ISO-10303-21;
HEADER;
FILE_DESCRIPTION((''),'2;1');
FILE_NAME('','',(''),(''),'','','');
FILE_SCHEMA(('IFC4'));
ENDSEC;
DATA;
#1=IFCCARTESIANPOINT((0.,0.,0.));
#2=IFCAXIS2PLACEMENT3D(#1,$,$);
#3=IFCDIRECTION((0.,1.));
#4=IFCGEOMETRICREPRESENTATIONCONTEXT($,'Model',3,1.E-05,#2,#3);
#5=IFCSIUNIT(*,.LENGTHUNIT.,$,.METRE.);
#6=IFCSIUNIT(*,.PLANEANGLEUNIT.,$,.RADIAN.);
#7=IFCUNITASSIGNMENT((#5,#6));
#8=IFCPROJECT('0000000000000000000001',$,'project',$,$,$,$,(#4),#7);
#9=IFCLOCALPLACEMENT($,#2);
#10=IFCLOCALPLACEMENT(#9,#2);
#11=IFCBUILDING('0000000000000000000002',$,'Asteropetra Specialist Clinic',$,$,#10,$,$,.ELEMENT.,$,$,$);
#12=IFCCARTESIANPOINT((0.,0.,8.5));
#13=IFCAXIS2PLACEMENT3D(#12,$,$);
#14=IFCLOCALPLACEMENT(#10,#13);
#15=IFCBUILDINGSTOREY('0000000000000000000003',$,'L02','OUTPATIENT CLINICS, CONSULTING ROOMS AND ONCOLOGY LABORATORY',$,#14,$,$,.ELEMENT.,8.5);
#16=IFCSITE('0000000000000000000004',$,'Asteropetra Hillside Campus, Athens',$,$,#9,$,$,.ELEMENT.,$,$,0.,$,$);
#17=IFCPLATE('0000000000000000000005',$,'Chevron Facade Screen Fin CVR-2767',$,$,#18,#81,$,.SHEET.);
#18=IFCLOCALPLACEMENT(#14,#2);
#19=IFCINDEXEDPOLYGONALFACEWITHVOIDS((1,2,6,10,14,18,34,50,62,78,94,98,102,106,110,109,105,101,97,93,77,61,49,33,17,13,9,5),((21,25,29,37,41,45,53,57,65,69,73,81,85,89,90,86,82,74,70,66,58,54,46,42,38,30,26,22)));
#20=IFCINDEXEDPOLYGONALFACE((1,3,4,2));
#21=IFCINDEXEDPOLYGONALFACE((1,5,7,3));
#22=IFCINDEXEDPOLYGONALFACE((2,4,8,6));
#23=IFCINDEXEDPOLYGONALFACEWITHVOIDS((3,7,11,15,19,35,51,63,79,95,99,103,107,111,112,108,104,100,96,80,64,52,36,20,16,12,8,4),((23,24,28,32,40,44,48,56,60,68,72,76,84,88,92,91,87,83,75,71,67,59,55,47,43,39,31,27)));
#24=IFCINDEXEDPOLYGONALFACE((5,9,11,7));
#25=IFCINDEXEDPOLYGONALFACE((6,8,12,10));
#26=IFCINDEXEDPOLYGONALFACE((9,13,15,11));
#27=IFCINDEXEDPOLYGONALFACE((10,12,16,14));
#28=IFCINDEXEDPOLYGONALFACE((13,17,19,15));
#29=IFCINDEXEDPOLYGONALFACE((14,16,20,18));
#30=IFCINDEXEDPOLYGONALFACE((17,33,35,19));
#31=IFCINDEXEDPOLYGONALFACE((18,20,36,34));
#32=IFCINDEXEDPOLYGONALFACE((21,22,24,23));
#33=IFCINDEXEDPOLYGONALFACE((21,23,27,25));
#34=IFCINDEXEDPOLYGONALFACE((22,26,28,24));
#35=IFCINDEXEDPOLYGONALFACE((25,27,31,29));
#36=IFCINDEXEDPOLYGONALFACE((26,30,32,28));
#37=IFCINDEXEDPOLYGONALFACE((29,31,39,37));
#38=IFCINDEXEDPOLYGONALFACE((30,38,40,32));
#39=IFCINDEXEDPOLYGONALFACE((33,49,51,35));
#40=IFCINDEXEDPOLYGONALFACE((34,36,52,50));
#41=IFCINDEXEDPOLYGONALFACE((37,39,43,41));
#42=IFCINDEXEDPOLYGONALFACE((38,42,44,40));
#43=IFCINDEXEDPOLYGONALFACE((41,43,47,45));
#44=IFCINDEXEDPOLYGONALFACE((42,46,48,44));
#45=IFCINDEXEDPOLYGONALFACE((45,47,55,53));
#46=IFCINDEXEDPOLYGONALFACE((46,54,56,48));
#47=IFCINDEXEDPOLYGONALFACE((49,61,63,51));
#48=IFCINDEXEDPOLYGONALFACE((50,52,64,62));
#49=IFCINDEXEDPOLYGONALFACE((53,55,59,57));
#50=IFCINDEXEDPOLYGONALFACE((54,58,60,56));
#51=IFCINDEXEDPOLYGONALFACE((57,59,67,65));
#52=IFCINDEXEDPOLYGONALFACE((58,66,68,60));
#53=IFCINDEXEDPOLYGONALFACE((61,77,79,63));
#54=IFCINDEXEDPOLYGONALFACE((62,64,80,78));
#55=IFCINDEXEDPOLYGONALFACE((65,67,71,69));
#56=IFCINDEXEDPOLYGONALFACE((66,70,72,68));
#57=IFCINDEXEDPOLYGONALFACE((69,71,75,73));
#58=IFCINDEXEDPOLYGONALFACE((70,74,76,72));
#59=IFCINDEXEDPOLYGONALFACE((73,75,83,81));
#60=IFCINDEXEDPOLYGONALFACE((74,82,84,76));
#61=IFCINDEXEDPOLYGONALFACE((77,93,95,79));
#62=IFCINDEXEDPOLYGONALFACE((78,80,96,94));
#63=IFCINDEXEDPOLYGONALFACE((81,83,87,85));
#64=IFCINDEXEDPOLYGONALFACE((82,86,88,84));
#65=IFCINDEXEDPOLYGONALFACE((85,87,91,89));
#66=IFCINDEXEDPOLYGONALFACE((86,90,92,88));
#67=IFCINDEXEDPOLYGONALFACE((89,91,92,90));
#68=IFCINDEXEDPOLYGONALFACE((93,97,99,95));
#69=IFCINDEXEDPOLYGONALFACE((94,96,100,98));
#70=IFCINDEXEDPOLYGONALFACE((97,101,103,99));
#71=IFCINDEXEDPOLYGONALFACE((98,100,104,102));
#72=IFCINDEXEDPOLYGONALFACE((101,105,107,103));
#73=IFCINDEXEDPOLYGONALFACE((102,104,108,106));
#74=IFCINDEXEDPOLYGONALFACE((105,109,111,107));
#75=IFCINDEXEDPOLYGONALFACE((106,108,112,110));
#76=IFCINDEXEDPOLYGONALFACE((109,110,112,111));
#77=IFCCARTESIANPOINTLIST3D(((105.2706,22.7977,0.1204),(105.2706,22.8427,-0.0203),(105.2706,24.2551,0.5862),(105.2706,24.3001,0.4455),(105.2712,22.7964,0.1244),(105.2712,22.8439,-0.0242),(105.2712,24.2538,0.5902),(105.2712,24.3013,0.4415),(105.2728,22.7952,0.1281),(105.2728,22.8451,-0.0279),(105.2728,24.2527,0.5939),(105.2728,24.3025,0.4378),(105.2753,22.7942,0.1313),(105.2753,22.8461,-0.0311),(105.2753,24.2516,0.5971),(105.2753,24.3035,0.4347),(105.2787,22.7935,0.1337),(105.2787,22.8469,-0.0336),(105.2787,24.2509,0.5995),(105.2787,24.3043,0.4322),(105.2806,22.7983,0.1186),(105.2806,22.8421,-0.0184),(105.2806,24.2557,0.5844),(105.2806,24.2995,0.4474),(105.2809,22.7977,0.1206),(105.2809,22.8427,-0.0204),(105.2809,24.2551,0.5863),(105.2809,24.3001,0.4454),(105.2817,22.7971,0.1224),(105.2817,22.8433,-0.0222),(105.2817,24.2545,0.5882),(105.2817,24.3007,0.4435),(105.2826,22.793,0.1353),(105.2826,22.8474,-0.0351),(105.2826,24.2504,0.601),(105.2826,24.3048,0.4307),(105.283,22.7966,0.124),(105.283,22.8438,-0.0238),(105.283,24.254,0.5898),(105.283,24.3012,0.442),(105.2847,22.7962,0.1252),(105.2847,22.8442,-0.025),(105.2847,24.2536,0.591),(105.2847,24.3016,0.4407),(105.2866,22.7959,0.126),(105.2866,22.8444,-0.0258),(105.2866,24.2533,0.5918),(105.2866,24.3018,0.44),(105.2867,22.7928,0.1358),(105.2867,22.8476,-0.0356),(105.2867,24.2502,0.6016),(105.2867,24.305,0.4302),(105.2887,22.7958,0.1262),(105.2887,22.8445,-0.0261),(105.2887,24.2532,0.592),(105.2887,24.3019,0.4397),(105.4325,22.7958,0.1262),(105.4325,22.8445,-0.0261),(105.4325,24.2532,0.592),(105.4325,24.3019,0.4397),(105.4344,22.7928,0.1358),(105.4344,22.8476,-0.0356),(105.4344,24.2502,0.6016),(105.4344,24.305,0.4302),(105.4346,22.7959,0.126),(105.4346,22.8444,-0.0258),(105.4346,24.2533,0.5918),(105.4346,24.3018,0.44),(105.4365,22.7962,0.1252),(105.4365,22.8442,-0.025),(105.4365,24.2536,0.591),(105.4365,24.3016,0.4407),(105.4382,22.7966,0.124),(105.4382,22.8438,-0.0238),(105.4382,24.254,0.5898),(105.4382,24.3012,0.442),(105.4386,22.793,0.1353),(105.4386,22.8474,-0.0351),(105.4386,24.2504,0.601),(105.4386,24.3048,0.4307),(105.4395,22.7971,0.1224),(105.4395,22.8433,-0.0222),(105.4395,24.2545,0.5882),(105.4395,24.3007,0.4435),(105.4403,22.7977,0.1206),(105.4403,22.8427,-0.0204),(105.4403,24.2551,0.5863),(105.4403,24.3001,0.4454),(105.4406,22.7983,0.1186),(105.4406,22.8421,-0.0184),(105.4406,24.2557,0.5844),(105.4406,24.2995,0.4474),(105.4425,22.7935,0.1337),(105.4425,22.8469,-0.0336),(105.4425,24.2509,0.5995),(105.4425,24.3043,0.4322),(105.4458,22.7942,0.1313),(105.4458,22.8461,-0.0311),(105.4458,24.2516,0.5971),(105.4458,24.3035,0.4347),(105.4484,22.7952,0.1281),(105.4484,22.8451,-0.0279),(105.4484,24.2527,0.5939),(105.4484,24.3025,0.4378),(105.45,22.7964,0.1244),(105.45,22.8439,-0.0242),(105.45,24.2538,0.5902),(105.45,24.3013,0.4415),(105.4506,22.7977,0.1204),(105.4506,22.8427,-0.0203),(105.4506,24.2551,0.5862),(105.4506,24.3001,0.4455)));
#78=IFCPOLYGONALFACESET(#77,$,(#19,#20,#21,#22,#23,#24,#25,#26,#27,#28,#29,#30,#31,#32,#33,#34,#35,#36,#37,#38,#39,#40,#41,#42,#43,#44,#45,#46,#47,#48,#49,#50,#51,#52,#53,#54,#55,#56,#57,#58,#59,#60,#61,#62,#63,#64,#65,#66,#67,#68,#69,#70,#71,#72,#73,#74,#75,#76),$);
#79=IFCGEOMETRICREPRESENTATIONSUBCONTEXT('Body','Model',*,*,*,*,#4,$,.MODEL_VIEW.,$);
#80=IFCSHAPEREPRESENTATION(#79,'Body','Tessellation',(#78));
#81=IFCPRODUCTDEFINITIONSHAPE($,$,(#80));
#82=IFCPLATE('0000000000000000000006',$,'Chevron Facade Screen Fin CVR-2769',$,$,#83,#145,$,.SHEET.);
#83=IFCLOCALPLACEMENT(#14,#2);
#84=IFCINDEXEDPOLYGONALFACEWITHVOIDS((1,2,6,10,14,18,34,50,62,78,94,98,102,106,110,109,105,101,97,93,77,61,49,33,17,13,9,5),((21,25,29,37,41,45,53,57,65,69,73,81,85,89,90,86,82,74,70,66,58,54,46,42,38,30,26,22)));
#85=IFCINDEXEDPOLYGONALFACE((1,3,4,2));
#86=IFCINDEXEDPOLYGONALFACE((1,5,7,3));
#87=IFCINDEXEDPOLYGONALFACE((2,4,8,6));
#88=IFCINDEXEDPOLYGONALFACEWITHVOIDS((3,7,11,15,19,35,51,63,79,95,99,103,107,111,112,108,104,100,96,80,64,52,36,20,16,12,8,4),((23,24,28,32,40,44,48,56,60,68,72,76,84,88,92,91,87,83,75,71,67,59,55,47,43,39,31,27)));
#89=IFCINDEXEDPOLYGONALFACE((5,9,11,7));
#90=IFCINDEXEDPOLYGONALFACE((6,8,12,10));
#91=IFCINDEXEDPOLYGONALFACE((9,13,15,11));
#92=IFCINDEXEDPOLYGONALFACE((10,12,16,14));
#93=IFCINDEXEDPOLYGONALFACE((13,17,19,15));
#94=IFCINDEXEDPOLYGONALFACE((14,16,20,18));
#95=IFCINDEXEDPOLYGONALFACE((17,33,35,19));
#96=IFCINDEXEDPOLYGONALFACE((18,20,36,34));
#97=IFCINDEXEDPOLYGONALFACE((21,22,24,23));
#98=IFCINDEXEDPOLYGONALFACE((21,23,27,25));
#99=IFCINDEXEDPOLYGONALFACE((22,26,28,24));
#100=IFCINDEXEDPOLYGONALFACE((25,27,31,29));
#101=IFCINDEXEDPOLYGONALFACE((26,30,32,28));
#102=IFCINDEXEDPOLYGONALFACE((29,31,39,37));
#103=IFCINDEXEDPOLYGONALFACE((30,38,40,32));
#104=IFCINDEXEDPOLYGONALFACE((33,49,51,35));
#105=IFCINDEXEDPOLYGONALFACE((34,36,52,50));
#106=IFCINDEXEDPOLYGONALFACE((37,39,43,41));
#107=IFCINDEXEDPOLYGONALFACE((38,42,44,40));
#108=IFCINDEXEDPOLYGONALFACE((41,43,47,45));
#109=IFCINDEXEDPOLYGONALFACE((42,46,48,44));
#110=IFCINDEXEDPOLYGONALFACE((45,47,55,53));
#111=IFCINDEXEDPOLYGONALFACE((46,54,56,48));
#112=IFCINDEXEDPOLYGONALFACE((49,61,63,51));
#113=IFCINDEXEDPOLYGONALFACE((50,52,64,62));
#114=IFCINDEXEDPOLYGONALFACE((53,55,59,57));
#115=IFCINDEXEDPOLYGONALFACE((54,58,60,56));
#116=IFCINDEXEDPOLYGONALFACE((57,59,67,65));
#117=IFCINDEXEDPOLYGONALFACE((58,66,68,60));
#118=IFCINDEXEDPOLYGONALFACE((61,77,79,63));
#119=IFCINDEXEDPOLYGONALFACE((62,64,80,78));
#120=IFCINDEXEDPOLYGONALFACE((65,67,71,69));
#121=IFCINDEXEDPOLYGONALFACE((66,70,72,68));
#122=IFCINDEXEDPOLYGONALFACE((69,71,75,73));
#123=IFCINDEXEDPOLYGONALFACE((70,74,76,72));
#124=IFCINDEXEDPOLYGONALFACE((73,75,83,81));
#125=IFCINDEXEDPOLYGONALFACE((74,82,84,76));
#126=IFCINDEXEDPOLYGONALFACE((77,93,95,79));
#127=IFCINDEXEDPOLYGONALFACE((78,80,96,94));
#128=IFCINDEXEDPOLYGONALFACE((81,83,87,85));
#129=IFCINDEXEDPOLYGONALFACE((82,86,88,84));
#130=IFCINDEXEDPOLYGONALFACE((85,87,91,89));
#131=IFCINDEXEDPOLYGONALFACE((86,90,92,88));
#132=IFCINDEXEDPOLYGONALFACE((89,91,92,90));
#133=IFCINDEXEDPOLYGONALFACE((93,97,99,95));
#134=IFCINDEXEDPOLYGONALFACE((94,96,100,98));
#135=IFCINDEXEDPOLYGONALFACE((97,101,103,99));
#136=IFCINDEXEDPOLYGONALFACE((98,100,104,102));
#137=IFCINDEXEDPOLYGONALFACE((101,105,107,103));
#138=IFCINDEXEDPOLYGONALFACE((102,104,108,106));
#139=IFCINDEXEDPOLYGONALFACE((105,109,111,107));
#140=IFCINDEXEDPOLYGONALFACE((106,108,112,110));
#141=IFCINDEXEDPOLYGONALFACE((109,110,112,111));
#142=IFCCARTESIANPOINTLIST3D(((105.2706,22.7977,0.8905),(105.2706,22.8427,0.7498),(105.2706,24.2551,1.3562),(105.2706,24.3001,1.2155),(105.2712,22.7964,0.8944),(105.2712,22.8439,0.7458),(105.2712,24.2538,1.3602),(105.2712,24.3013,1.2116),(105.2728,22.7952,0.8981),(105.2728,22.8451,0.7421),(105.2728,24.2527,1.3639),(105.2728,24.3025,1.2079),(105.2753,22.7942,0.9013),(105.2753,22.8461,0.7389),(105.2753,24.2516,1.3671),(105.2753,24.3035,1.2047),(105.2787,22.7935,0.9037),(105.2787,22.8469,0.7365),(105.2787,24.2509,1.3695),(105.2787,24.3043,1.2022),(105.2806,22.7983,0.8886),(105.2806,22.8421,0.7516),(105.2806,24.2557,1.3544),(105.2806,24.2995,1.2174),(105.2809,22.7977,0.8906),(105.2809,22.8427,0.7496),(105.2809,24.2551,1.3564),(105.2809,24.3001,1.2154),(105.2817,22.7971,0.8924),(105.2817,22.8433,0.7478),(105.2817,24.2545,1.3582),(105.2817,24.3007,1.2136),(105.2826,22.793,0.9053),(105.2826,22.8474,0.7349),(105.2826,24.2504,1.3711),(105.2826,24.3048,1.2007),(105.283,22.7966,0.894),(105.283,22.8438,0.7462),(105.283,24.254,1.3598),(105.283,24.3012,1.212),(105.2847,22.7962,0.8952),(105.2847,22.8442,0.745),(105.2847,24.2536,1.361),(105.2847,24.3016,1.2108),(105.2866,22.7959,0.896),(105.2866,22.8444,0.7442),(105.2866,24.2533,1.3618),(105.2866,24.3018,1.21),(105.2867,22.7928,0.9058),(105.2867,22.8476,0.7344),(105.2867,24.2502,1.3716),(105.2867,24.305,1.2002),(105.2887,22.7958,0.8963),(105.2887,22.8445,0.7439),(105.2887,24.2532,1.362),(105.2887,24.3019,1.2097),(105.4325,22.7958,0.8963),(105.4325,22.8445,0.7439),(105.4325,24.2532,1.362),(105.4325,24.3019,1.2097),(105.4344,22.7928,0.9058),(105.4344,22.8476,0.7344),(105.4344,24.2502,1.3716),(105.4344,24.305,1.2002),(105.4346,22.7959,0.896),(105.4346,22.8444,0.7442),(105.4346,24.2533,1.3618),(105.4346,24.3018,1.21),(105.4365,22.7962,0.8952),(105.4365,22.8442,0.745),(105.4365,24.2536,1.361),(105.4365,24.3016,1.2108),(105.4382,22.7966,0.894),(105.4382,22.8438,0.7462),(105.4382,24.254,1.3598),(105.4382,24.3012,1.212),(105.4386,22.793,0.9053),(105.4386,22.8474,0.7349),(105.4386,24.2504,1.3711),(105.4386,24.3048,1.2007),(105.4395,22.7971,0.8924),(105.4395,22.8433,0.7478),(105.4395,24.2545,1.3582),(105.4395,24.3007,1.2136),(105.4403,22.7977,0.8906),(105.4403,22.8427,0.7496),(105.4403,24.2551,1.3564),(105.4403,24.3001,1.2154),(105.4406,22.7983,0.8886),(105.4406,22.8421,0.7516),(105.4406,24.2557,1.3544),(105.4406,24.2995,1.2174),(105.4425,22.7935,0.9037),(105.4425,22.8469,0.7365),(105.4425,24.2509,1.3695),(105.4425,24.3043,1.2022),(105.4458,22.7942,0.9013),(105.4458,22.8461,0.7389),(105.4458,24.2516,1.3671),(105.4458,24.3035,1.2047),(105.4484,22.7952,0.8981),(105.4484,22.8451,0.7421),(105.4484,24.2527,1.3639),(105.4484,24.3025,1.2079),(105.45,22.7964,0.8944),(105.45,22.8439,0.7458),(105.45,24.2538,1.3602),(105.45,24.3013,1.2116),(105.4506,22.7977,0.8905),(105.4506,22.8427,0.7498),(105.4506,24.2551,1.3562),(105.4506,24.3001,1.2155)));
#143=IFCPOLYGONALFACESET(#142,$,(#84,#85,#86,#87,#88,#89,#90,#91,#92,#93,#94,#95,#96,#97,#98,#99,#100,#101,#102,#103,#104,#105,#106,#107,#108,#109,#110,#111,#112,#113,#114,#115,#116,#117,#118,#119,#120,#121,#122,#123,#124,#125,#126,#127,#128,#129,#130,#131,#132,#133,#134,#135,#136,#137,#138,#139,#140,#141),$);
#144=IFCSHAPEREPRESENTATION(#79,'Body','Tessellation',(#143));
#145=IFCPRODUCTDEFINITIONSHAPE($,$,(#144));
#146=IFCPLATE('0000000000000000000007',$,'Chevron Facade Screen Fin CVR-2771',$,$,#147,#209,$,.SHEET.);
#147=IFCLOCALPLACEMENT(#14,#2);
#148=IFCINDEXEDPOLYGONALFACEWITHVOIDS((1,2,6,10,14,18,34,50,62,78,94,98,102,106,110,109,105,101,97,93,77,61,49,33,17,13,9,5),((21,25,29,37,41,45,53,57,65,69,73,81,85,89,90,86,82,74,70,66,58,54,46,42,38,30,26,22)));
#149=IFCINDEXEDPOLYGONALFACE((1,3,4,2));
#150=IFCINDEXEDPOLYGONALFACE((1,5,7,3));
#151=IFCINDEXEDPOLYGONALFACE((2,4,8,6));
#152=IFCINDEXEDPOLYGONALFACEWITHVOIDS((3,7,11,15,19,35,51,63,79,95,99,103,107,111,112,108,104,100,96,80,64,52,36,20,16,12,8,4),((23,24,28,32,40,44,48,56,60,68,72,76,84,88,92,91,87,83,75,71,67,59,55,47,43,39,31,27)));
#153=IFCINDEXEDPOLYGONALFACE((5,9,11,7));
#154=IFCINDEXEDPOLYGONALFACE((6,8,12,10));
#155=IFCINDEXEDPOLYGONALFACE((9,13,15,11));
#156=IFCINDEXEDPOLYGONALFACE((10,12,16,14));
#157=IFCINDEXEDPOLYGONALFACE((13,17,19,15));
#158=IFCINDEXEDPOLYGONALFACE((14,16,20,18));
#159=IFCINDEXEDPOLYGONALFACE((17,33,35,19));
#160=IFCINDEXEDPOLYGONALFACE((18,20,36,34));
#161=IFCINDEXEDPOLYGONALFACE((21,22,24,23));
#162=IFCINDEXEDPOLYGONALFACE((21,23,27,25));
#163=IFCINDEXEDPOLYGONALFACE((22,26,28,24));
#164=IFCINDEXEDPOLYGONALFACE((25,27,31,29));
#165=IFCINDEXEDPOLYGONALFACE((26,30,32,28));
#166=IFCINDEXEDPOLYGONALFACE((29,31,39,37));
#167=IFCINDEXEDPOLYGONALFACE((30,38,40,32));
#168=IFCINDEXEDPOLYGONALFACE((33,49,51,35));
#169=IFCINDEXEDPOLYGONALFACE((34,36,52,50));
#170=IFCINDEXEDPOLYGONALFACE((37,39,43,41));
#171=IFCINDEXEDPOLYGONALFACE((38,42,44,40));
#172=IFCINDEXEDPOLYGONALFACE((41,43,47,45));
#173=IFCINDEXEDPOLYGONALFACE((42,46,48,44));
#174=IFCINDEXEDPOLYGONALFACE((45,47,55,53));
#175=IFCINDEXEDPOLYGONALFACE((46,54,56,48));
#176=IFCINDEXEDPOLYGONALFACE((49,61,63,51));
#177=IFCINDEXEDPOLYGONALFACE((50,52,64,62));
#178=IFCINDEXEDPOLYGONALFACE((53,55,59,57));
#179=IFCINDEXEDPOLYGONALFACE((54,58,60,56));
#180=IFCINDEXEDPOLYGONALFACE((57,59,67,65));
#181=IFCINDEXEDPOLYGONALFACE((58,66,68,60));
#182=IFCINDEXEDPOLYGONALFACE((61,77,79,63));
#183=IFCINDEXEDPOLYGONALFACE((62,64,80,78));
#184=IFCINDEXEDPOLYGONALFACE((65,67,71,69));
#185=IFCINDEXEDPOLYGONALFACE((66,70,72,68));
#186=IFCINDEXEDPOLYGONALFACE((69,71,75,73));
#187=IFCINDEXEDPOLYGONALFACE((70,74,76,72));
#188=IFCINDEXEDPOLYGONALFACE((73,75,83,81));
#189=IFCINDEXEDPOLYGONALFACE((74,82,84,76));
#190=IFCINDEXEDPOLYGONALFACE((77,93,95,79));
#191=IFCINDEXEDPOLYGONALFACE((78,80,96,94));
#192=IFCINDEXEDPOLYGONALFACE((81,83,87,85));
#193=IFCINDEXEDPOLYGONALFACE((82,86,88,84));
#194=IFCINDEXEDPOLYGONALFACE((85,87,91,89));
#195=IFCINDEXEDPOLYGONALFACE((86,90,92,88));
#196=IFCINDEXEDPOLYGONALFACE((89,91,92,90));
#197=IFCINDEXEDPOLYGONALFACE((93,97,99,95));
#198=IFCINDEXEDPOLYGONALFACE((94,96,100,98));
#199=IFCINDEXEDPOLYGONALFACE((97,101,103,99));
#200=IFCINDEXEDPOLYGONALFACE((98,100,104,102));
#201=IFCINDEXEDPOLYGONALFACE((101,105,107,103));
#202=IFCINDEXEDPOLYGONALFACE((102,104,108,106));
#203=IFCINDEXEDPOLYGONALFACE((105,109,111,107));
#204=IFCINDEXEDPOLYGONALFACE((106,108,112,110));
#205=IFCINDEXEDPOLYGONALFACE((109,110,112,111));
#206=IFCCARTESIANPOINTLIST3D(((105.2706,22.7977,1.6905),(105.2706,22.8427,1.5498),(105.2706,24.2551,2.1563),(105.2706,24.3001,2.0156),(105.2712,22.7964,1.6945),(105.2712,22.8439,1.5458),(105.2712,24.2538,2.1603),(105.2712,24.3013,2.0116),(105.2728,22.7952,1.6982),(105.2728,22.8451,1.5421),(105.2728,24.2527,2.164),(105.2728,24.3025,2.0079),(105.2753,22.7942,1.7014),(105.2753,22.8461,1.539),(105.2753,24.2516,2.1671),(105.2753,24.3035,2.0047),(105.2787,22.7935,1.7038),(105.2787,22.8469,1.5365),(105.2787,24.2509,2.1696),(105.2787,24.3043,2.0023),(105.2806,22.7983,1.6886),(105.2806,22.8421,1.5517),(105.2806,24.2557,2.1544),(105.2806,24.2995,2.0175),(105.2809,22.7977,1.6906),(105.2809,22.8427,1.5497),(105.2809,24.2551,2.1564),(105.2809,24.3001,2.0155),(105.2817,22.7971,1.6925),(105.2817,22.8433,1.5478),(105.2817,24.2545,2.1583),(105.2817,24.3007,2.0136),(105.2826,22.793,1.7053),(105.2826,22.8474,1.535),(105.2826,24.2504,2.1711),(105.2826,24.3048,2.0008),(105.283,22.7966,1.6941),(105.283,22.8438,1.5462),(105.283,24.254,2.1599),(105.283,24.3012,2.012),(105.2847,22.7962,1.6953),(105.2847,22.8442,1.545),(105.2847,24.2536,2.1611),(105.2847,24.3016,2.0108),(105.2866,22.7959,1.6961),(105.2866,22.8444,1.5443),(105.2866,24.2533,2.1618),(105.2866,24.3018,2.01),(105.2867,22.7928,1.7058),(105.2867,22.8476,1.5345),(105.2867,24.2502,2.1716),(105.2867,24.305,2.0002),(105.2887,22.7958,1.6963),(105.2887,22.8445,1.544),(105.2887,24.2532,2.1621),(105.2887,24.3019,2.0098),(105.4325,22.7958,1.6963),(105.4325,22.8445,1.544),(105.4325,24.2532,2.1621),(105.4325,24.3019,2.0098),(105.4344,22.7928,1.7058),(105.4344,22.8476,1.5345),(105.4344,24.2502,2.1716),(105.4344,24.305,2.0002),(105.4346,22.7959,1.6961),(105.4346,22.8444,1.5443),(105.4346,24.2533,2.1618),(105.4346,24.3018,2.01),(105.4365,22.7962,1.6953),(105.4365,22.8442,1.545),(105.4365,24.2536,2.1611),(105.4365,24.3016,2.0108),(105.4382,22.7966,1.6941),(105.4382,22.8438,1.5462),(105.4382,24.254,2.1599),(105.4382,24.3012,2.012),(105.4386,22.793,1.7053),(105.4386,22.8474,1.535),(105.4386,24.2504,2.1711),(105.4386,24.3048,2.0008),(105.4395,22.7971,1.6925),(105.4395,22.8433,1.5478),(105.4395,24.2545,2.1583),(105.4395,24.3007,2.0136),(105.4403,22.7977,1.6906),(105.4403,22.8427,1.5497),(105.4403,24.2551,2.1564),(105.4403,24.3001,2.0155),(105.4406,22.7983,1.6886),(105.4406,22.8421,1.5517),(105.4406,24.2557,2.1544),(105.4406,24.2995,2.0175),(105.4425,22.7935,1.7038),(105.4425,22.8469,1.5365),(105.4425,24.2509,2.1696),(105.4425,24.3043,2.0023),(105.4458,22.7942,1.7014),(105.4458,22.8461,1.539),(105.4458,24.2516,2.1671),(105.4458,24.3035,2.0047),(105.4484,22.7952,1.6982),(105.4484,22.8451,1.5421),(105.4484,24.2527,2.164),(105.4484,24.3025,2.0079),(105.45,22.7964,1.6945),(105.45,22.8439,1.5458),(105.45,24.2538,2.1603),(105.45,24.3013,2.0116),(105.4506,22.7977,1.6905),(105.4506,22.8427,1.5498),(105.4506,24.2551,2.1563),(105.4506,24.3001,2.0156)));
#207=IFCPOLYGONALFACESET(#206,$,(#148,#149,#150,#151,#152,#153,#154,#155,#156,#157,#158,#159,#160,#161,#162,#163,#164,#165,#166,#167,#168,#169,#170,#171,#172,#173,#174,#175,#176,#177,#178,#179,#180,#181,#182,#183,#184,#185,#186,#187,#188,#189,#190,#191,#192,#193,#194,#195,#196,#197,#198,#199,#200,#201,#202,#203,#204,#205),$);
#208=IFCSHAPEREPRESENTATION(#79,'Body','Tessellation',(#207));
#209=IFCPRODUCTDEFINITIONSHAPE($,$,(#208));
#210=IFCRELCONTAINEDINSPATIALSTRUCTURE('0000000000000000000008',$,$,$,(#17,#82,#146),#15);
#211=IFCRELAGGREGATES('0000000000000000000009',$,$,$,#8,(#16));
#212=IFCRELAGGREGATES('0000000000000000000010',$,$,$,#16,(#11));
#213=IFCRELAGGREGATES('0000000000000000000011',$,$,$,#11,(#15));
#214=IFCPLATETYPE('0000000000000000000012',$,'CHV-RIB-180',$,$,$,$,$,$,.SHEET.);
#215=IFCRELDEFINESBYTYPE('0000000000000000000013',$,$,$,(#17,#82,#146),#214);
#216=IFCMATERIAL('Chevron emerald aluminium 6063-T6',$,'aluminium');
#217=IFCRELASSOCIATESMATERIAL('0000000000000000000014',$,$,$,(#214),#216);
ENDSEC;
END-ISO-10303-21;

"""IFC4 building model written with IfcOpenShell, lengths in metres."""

from ifc_helpers import new_model, si_unit, direction, frame, origin, origin_2d, place, context, subcontext, project, spatial, hollow_rectangle, extrude, material, material_profile, profile_set, type_object, element, save


model = new_model("IFC4")

# Units and contexts
model_context = context("Model", 3, precision=1e-05, world=origin(), true_north=direction((0.0, 1.0)))
body_context = subcontext(model_context, "Body", "Model", "MODEL_VIEW")
ifc_project = project(units=[si_unit("LENGTHUNIT", "METRE"), si_unit("PLANEANGLEUNIT", "RADIAN")], contexts=[model_context])

# Site, building, storey
site_placement = place(None, origin())
site = spatial("IfcSite", under=ifc_project, at=site_placement, Name="Asteropetra Hillside Campus, Athens", CompositionType="ELEMENT", RefElevation=0.0)
building_placement = place(site_placement, origin())
building = spatial("IfcBuilding", under=site, at=building_placement, Name="Asteropetra Specialist Clinic", CompositionType="ELEMENT")
storey_placement = place(building_placement, frame((0.0, 0.0, 8.5)))
storey = spatial("IfcBuildingStorey", under=building, at=storey_placement, Name="L02", Description="OUTPATIENT CLINICS, CONSULTING ROOMS AND ONCOLOGY LABORATORY", CompositionType="ELEMENT", Elevation=8.5)

# Plates
ifc_material_1 = material(Name="Chevron emerald aluminium 6063-T6", Category="aluminium")
ifc_material_profile = material_profile(ifc_material_1, hollow_rectangle(XDim=0.1799, YDim=0.1799, WallThickness=0.01, InnerFilletRadius=0.0081, OuterFilletRadius=0.0161, at=origin_2d()), Name="SHS 180x180x10.0")
ifc_profile_set = profile_set([ifc_material_profile], Name="Chevron emerald aluminium 6063-T6")
plate_type = type_object("IfcPlateType", Name="CHV-RIB-180", PredefinedType="SHEET", material=ifc_profile_set)
for number, where, z_axis, x_axis, name in (
    (1, (105.3606, 24.2776, 0.5159), (0.0, -0.952535, -0.304428), (1.0, 0.0, 0.0), "Chevron Facade Screen Fin CVR-2767"),
    (2, (105.3606, 24.2776, 1.2859), (0.0, -0.952535, -0.304428), (1.0, 0.0, 0.0), "Chevron Facade Screen Fin CVR-2769"),
    (3, (105.3606, 24.2776, 2.0859), (0.0, -0.952535, -0.304428), (1.0, 0.0, 0.0), "Chevron Facade Screen Fin CVR-2771"),
):
    element("IfcPlate", number, at=place(storey_placement, frame(where, z_axis=z_axis, x_axis=x_axis)), inside=storey, type_object=plate_type, Name=name, PredefinedType="SHEET", context=body_context, shape_type="SweptSolid", body=[
        extrude(hollow_rectangle(XDim=0.1799, YDim=0.1799, WallThickness=0.01, InnerFilletRadius=0.0081, OuterFilletRadius=0.0161, at=origin_2d()), origin(), (0.0, 0.0, 1.0), 1.53),
    ])

save(model, "model.ifc")
